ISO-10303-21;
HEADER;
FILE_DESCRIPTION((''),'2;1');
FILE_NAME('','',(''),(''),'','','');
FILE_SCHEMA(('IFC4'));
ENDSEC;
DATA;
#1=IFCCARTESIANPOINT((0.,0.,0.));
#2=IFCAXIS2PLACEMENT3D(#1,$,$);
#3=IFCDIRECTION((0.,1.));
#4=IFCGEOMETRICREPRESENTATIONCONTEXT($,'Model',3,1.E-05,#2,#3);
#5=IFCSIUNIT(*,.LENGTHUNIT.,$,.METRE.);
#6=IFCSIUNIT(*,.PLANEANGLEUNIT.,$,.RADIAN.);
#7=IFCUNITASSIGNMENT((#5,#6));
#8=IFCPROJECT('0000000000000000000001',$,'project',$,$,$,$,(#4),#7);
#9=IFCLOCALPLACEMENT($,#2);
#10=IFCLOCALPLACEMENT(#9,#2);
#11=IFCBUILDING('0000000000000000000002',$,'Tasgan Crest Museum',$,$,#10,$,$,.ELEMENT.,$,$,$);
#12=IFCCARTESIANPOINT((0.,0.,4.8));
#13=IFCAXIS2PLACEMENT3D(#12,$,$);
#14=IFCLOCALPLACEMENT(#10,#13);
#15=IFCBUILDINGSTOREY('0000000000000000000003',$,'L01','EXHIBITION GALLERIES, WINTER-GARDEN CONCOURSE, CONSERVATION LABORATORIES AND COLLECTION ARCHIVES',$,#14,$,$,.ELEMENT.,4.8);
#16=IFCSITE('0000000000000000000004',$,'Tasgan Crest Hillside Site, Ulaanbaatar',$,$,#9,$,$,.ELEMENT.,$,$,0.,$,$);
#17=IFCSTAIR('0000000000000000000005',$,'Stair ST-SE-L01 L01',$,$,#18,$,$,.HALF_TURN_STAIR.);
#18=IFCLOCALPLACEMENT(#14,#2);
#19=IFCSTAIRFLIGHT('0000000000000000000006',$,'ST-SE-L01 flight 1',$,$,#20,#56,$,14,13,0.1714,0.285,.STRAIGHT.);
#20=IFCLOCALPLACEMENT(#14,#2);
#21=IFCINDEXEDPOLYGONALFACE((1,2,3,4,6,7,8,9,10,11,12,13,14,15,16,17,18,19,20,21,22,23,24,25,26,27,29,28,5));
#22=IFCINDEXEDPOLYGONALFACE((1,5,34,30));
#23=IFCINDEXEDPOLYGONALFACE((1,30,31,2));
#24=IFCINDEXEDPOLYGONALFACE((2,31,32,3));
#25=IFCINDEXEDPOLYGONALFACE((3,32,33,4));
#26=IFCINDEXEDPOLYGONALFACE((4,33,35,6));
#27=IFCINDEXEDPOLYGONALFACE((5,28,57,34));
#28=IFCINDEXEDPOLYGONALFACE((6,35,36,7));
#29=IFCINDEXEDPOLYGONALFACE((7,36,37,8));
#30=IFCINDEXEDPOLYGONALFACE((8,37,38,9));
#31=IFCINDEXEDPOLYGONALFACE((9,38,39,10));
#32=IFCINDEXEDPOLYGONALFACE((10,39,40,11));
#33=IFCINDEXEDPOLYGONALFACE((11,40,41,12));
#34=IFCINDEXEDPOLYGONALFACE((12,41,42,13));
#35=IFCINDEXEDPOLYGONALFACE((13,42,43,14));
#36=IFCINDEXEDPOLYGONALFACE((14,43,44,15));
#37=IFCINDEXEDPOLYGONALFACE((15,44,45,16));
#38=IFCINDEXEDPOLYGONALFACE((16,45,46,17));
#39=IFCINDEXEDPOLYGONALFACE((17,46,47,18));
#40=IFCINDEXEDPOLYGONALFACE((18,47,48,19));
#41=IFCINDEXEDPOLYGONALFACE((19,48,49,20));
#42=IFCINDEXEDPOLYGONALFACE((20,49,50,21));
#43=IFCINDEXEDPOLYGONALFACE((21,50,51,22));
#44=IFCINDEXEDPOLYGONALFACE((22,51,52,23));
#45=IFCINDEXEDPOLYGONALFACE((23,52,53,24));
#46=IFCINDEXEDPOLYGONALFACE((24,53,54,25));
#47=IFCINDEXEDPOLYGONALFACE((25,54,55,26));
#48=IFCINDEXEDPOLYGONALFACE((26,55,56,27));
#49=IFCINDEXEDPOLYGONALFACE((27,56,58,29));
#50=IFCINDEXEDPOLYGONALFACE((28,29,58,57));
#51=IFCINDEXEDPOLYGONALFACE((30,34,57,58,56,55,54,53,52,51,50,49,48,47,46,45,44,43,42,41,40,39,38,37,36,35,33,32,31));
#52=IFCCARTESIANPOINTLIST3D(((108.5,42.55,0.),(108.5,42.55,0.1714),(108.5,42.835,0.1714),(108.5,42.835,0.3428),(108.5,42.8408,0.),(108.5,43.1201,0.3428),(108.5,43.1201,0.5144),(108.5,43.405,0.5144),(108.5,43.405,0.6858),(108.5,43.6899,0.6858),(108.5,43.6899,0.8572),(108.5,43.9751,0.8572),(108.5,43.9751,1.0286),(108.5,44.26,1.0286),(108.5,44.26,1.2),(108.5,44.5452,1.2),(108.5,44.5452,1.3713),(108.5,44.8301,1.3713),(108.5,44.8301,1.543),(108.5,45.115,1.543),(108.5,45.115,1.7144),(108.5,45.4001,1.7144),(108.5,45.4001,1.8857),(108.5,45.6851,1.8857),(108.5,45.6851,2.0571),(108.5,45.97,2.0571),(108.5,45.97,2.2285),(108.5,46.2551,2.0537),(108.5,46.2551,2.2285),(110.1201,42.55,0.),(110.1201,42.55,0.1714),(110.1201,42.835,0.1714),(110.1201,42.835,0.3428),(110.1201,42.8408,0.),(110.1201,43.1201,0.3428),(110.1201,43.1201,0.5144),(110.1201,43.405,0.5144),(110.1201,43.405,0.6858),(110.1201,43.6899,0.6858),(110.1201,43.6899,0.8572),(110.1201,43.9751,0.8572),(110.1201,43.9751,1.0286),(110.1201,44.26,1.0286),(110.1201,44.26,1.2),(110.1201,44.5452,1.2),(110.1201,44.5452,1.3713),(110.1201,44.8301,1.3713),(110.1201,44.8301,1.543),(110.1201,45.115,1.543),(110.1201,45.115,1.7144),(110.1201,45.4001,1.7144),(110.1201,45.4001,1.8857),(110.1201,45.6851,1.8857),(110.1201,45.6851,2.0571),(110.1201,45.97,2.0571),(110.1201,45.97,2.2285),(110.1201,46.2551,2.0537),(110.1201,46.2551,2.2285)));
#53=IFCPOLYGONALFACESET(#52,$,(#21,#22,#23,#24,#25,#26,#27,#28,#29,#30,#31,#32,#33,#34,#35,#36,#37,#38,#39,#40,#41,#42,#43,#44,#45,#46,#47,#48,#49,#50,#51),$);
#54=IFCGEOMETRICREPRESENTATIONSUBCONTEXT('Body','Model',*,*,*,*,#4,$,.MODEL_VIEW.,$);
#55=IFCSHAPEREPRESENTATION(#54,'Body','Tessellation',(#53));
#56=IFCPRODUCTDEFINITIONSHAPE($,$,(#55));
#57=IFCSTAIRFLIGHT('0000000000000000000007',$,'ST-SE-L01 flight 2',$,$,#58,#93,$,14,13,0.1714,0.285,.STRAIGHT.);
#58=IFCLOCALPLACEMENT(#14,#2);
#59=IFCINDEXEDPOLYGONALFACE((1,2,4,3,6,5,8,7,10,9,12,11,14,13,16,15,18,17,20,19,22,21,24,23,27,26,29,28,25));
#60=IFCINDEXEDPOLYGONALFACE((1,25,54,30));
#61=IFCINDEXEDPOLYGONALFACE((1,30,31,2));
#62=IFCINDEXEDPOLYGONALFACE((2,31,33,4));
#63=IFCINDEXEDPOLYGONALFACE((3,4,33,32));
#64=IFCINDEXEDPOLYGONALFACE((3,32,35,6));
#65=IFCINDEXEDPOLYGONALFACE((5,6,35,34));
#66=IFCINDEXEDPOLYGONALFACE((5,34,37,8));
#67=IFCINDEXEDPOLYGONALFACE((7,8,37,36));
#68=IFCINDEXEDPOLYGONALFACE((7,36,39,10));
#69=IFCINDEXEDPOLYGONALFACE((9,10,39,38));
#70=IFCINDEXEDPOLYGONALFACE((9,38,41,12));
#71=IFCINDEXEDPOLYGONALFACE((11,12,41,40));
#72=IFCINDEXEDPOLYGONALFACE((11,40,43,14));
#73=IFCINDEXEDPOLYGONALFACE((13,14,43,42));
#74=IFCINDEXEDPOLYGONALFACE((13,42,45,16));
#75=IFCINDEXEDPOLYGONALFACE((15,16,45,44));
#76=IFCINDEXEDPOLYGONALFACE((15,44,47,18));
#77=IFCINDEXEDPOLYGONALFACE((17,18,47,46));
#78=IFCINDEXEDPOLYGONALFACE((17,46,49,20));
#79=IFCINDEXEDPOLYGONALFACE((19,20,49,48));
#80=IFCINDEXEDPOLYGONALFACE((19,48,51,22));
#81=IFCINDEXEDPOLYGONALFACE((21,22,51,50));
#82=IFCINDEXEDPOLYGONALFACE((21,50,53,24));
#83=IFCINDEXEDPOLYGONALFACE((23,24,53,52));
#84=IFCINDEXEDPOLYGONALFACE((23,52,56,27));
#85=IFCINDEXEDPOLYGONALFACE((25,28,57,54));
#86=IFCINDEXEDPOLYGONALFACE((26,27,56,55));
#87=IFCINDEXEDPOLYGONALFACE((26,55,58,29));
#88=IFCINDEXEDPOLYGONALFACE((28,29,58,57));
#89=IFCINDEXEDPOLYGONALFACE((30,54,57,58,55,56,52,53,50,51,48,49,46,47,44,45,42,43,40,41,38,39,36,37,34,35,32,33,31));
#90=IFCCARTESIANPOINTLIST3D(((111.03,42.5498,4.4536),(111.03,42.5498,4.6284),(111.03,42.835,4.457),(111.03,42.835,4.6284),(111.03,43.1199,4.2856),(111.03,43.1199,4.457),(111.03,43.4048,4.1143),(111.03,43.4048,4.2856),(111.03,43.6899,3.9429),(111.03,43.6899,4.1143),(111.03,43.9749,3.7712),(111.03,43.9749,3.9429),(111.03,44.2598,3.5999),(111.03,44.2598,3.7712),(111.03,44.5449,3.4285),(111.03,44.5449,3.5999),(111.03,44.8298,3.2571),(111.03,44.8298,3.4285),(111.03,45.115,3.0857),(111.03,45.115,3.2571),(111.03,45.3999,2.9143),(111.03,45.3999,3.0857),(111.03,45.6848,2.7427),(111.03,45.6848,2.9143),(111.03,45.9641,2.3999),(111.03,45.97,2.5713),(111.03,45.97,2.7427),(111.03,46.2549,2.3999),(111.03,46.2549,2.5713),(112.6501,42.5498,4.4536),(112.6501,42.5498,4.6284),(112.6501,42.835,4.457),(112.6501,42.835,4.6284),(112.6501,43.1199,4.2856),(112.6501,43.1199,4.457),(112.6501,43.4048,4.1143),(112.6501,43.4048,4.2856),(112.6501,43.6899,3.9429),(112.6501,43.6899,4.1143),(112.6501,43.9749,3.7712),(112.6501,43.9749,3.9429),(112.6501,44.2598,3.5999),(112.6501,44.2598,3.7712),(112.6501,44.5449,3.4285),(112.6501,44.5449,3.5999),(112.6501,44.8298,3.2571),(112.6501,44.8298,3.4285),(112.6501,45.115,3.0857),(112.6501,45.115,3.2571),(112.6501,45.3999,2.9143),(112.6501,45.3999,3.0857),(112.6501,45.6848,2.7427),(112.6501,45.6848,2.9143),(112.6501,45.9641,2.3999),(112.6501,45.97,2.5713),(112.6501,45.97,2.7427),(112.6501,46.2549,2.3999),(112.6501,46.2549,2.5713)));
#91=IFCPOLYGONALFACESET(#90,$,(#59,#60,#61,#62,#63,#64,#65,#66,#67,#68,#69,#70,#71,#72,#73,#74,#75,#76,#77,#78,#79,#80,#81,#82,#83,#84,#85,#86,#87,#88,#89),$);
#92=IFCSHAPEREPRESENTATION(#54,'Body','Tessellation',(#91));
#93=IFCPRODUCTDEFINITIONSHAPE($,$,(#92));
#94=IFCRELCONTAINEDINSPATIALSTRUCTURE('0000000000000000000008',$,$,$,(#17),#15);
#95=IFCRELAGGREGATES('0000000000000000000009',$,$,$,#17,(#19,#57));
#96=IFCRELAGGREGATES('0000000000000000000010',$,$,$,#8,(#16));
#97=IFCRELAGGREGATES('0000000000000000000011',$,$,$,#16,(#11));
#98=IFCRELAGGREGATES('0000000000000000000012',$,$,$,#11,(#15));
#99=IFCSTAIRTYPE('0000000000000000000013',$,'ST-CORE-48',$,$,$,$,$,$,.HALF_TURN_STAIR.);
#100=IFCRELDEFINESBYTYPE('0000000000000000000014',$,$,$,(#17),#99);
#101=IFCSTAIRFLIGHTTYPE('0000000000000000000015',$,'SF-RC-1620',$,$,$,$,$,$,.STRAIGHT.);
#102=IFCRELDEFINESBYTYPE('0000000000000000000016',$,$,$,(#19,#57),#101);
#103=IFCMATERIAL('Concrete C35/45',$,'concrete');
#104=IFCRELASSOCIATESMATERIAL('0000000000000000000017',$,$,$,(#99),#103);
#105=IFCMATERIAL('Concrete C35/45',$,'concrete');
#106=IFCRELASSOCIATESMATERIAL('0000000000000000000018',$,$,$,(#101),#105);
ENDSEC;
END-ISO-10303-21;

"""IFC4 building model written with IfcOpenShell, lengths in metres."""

from ifc_helpers import new_model, si_unit, direction, frame, origin, place, context, subcontext, project, spatial, polyline, outline, extrude, material, type_object, element, aggregate, save


model = new_model("IFC4")

# Units and contexts
model_context = context("Model", 3, precision=1e-05, world=origin(), true_north=direction((0.0, 1.0)))
body_context = subcontext(model_context, "Body", "Model", "MODEL_VIEW")
ifc_project = project(units=[si_unit("LENGTHUNIT", "METRE"), si_unit("PLANEANGLEUNIT", "RADIAN")], contexts=[model_context])

# Site, building, storey
site_placement = place(None, origin())
site = spatial("IfcSite", under=ifc_project, at=site_placement, Name="Tasgan Crest Hillside Site, Ulaanbaatar", CompositionType="ELEMENT", RefElevation=0.0)
building_placement = place(site_placement, origin())
building = spatial("IfcBuilding", under=site, at=building_placement, Name="Tasgan Crest Museum", CompositionType="ELEMENT")
storey_placement = place(building_placement, frame((0.0, 0.0, 4.8)))
storey = spatial("IfcBuildingStorey", under=building, at=storey_placement, Name="L01", Description="EXHIBITION GALLERIES, WINTER-GARDEN CONCOURSE, CONSERVATION LABORATORIES AND COLLECTION ARCHIVES", CompositionType="ELEMENT", Elevation=4.8)

# Stair, stair flights
ifc_material_1 = material(Name="Concrete C35/45", Category="concrete")
stair_type = type_object("IfcStairType", Name="ST-CORE-48", PredefinedType="HALF_TURN_STAIR", material=ifc_material_1)
stair_placement = place(storey_placement, origin())
stair = element("IfcStair", 1, at=stair_placement, inside=storey, type_object=stair_type, Name="Stair ST-SE-L01 L01", PredefinedType="HALF_TURN_STAIR")
ifc_material_2 = material(Name="Concrete C35/45", Category="concrete")
stair_flight_type = type_object("IfcStairFlightType", Name="SF-RC-1620", PredefinedType="STRAIGHT", material=ifc_material_2)
stair_flight_1_placement = place(storey_placement, frame((109.3101, 42.55, 0.0), z_axis=(0.0, 0.0, 1.0), x_axis=(0.0, 1.0, 0.0)))
stair_flight_1 = element("IfcStairFlight", 2, at=stair_flight_1_placement, type_object=stair_flight_type, Name="ST-SE-L01 flight 1", NumberOfRisers=14, NumberOfTreads=13, PredefinedType="STRAIGHT", RiserHeight=0.1714, TreadLength=0.285, context=body_context, shape_type="SweptSolid", body=[
    extrude(outline(polyline([(0.0, 0.0), (0.0, 0.1714), (0.2849, 0.1714), (0.2849, 0.3428), (0.5701, 0.3428), (0.5701, 0.5144), (0.855, 0.5144), (0.855, 0.6858), (1.1399, 0.6858), (1.1399, 0.8572), (1.425, 0.8572), (1.425, 1.0286), (1.71, 1.0286), (1.71, 1.2), (1.9951, 1.2), (1.9951, 1.3713), (2.28, 1.3713), (2.28, 1.543), (2.5649, 1.543), (2.5649, 1.7144), (2.8501, 1.7144), (2.8501, 1.8857), (3.135, 1.8857), (3.135, 2.0571), (3.4199, 2.0571), (3.4199, 2.2285), (3.7051, 2.2285), (3.7051, 2.3999), (3.7051, 2.0537), (0.2908, 0.0), (0.0, 0.0)])), frame((0.0, 0.8101, 0.0), z_axis=(0.0, -1.0, 0.0), x_axis=(1.0, 0.0, 0.0)), (0.0, 0.0, 1.0), 1.6201),
])
stair_flight_2_placement = place(storey_placement, frame((111.8401, 46.2549, 2.3999), z_axis=(0.0, 0.0, 1.0), x_axis=(0.0, -1.0, 0.0)))
stair_flight_2 = element("IfcStairFlight", 3, at=stair_flight_2_placement, type_object=stair_flight_type, Name="ST-SE-L01 flight 2", NumberOfRisers=14, NumberOfTreads=13, PredefinedType="STRAIGHT", RiserHeight=0.1714, TreadLength=0.285, context=body_context, shape_type="SweptSolid", body=[
    extrude(outline(polyline([(0.0, 0.0), (0.0, 0.1714), (0.2849, 0.1714), (0.2849, 0.3428), (0.5701, 0.3428), (0.5701, 0.5144), (0.855, 0.5144), (0.855, 0.6858), (1.1399, 0.6858), (1.1399, 0.8572), (1.425, 0.8572), (1.425, 1.0286), (1.71, 1.0286), (1.71, 1.2), (1.9951, 1.2), (1.9951, 1.3713), (2.28, 1.3713), (2.28, 1.543), (2.5649, 1.543), (2.5649, 1.7144), (2.8501, 1.7144), (2.8501, 1.8857), (3.135, 1.8857), (3.135, 2.0571), (3.4199, 2.0571), (3.4199, 2.2285), (3.7051, 2.2285), (3.7051, 2.3999), (3.7051, 2.0537), (0.2908, 0.0), (0.0, 0.0)])), frame((0.0, 0.8101, 0.0), z_axis=(0.0, -1.0, 0.0), x_axis=(1.0, 0.0, 0.0)), (0.0, 0.0, 1.0), 1.6201),
])
aggregate(stair, [stair_flight_1, stair_flight_2])

save(model, "model.ifc")
